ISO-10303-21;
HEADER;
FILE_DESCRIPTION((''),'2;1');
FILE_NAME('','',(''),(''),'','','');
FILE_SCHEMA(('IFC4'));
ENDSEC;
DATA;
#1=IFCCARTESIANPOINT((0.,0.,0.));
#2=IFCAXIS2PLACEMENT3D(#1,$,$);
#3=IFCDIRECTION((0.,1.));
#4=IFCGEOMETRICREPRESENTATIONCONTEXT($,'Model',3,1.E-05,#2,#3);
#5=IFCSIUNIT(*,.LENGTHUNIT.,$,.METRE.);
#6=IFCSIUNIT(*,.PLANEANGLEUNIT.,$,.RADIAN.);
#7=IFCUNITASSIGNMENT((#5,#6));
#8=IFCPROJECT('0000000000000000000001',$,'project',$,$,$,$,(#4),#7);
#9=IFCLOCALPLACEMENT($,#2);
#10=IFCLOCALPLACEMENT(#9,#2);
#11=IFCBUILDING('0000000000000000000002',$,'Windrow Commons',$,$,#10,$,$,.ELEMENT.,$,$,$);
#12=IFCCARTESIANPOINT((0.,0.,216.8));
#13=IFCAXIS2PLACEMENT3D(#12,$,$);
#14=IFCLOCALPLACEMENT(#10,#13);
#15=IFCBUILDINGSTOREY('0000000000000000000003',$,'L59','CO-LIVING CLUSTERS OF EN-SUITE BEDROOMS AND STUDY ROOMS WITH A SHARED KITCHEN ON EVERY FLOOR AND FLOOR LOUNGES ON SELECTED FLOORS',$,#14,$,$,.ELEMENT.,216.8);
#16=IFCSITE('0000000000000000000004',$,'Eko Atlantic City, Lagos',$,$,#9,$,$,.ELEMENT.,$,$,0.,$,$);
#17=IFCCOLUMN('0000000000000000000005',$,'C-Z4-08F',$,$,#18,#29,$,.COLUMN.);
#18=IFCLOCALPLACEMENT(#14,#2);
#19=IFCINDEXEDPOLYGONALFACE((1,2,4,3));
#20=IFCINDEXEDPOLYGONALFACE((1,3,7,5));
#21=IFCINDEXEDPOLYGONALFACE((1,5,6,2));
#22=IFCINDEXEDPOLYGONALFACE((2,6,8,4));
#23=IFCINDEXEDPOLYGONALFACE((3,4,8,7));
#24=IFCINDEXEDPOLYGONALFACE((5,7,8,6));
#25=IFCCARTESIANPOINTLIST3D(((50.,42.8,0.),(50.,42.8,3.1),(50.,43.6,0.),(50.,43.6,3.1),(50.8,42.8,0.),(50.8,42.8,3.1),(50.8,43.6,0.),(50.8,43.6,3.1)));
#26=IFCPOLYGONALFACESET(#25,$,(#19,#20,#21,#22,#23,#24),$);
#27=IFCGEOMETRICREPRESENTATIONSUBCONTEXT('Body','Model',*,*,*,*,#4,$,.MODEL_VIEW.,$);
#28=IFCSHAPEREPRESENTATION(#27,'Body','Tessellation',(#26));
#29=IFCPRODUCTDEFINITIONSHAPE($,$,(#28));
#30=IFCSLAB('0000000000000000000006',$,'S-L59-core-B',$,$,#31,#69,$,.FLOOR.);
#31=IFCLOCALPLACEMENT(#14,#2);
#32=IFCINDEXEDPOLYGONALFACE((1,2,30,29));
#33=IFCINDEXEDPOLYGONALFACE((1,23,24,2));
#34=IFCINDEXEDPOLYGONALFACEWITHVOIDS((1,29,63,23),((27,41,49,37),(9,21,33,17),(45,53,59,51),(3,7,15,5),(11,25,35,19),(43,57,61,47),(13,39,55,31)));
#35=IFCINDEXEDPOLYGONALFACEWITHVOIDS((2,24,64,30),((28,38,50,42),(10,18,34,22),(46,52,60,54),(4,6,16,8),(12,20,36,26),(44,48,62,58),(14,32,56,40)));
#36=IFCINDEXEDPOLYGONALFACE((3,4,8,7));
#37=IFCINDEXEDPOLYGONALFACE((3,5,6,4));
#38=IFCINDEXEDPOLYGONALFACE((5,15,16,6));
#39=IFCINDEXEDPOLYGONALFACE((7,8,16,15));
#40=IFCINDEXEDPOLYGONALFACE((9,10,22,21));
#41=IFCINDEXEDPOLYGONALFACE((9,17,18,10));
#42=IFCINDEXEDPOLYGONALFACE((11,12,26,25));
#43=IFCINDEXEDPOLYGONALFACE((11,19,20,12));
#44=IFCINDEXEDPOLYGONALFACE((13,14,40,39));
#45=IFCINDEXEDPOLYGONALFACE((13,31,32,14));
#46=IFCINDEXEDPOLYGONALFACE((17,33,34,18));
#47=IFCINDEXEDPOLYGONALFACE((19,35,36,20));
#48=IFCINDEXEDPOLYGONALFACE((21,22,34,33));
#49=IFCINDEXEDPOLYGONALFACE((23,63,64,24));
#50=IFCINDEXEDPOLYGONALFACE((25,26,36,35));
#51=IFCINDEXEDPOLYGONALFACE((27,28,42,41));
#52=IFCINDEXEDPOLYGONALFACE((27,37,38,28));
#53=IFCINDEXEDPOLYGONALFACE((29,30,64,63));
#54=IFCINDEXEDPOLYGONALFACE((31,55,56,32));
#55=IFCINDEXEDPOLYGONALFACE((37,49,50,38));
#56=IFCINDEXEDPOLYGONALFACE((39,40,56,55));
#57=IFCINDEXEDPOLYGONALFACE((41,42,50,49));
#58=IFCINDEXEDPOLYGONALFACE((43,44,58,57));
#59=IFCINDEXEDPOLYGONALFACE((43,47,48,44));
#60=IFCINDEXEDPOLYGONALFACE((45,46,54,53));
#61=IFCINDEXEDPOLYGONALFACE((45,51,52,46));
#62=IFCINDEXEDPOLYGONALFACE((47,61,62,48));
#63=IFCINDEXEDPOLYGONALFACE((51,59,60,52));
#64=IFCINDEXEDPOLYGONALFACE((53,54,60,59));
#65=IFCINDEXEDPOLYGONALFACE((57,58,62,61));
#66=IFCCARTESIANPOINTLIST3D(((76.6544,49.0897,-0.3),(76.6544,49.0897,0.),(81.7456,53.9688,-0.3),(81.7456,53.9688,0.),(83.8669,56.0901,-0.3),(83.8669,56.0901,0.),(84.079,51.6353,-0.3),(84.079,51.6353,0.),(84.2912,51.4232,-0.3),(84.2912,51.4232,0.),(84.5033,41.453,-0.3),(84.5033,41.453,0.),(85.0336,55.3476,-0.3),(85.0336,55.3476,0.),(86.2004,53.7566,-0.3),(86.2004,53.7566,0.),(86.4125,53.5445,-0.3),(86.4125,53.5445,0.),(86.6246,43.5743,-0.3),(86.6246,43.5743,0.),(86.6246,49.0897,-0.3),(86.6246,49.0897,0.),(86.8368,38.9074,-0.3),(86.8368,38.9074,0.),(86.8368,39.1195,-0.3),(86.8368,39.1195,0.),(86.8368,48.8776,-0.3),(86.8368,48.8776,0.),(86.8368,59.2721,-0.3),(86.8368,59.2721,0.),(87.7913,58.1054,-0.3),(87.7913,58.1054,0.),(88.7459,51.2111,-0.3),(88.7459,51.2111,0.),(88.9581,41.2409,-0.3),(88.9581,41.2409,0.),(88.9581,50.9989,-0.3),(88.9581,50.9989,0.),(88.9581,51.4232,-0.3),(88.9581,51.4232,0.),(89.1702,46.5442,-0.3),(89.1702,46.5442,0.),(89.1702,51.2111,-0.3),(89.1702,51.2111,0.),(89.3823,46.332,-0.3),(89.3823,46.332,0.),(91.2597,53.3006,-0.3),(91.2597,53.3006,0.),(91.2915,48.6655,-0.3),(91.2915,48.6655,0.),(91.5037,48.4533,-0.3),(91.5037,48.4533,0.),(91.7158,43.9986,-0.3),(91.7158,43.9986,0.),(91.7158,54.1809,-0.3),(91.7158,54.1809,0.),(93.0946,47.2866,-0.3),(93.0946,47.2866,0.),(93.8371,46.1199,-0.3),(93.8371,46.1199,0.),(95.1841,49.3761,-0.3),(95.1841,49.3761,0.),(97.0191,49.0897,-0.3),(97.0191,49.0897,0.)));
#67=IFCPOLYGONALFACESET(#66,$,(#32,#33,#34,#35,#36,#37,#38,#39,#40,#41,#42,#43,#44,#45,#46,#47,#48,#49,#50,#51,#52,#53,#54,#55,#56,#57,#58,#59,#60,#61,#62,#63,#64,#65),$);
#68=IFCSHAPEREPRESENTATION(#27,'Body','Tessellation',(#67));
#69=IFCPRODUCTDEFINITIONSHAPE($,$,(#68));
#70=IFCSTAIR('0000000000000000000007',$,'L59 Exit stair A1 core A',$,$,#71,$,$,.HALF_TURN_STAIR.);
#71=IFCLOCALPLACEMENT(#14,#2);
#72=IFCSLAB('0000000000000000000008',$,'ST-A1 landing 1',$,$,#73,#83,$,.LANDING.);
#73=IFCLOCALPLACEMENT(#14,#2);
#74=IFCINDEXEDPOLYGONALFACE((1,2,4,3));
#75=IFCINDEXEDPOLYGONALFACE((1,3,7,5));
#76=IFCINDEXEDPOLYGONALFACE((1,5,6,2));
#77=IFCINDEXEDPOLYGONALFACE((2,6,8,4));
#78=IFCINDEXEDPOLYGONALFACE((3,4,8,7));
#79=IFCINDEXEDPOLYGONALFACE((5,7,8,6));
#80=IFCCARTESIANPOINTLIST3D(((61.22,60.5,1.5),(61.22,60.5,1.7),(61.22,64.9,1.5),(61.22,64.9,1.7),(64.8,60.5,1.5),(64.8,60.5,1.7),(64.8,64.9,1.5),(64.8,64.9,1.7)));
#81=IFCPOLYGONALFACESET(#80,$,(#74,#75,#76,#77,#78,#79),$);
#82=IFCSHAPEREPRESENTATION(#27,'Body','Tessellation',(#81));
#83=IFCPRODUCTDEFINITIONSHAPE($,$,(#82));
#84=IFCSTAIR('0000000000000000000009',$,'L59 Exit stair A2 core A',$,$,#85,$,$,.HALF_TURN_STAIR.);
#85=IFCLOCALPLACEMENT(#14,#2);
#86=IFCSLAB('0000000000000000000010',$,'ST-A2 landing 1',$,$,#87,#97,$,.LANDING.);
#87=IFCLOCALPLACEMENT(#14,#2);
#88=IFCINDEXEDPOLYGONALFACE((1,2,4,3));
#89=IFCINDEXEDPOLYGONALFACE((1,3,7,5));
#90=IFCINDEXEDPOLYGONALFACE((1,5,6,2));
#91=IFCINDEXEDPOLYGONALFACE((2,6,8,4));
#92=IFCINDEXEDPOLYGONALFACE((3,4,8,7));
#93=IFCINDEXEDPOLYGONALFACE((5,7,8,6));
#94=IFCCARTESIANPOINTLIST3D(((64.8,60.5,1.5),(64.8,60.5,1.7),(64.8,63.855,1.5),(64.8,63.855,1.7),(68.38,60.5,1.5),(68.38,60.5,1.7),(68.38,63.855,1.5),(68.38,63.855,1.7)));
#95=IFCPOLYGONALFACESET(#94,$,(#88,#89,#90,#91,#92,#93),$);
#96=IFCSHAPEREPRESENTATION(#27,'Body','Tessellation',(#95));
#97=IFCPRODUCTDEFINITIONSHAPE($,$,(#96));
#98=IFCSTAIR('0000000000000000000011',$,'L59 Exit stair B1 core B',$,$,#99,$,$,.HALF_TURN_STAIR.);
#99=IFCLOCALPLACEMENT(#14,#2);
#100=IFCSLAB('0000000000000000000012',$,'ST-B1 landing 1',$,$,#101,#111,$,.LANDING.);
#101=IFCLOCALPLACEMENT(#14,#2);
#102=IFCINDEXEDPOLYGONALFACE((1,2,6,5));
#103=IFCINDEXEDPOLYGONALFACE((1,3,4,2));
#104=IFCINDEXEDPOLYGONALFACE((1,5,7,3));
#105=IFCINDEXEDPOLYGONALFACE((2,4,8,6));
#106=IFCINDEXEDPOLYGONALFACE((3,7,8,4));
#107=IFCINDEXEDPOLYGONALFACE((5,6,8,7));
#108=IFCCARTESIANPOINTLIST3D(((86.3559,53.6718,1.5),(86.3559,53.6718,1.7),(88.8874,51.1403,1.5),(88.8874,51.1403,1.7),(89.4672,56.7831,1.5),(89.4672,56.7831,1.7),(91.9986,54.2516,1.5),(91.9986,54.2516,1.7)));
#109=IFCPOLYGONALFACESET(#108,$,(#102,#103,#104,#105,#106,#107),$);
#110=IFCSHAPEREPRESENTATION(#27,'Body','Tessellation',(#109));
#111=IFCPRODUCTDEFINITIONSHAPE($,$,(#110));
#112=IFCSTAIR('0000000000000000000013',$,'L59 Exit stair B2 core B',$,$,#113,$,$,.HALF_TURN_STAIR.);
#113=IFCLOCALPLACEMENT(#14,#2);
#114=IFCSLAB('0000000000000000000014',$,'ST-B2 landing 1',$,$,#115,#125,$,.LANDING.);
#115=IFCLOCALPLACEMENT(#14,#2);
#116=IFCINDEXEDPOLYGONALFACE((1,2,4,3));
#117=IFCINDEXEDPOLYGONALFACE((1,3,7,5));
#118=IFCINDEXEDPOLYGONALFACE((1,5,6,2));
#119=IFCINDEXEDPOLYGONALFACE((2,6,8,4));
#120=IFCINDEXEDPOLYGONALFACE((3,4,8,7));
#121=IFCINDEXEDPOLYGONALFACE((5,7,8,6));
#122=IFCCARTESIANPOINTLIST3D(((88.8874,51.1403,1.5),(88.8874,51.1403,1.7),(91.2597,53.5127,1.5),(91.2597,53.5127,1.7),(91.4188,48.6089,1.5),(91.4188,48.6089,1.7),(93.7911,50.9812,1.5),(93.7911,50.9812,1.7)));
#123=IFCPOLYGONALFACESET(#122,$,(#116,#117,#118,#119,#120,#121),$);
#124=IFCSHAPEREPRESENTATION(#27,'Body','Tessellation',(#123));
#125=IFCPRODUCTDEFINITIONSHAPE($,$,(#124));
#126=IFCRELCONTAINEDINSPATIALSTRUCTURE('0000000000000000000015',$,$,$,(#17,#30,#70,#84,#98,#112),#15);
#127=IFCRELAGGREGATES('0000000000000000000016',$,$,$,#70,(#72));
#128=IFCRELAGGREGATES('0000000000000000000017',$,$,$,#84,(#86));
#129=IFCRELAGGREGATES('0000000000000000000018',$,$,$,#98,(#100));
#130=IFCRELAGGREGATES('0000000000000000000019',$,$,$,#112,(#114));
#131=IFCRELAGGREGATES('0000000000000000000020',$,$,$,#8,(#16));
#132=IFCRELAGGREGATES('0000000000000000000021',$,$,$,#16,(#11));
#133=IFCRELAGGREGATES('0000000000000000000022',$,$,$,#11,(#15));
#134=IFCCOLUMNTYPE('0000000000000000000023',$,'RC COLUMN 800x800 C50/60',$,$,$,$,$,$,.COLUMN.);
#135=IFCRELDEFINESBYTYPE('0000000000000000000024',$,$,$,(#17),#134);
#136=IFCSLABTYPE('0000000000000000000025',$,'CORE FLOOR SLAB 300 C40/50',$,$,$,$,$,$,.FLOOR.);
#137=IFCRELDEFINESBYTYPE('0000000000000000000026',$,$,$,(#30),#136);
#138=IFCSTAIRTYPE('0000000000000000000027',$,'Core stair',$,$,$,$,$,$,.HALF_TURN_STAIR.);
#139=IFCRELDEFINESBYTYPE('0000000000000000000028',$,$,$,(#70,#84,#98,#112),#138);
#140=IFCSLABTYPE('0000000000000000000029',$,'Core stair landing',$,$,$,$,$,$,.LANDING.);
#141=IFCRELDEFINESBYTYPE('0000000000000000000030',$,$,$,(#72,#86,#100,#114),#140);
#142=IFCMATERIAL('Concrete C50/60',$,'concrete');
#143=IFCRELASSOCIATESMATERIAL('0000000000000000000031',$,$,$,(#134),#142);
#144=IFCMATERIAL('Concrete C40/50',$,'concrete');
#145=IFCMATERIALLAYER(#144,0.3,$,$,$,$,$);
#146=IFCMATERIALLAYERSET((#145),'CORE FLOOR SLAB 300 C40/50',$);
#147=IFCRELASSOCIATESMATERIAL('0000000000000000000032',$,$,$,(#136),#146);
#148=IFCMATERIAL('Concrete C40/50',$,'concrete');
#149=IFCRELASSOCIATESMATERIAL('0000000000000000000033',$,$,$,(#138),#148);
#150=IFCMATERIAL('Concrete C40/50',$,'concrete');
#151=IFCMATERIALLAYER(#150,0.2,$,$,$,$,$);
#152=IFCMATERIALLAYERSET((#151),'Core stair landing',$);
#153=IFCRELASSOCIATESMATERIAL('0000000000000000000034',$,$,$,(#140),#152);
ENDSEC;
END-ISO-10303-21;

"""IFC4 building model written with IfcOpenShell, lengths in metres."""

from ifc_helpers import new_model, si_unit, direction, frame, origin, origin_2d, place, context, subcontext, project, spatial, polyline, rectangle, outline, extrude, material, layer, layer_set, material_profile, profile_set, type_object, element, aggregate, save


model = new_model("IFC4")

# Units and contexts
model_context = context("Model", 3, precision=1e-05, world=origin(), true_north=direction((0.0, 1.0)))
body_context = subcontext(model_context, "Body", "Model", "MODEL_VIEW")
ifc_project = project(units=[si_unit("LENGTHUNIT", "METRE"), si_unit("PLANEANGLEUNIT", "RADIAN")], contexts=[model_context])

# Site, building, storey
site_placement = place(None, origin())
site = spatial("IfcSite", under=ifc_project, at=site_placement, Name="Eko Atlantic City, Lagos", CompositionType="ELEMENT", RefElevation=0.0)
building_placement = place(site_placement, origin())
building = spatial("IfcBuilding", under=site, at=building_placement, Name="Windrow Commons", CompositionType="ELEMENT")
storey_placement = place(building_placement, frame((0.0, 0.0, 216.8)))
storey = spatial("IfcBuildingStorey", under=building, at=storey_placement, Name="L59", Description="CO-LIVING CLUSTERS OF EN-SUITE BEDROOMS AND STUDY ROOMS WITH A SHARED KITCHEN ON EVERY FLOOR AND FLOOR LOUNGES ON SELECTED FLOORS", CompositionType="ELEMENT", Elevation=216.8)

# Column
ifc_material_1 = material(Name="Concrete C50/60", Category="concrete")
ifc_material_profile = material_profile(ifc_material_1, rectangle(XDim=0.8, YDim=0.8, at=origin_2d()))
ifc_profile_set = profile_set([ifc_material_profile], Name="Concrete C50/60")
column_type = type_object("IfcColumnType", Name="RC COLUMN 800x800 C50/60", PredefinedType="COLUMN", material=ifc_profile_set)
column_placement = place(storey_placement, frame((50.4, 43.2, 0.0), z_axis=(0.0, 0.0, 1.0), x_axis=(1.0, 0.0, 0.0)))
element("IfcColumn", 1, at=column_placement, inside=storey, type_object=column_type, Name="C-Z4-08F", PredefinedType="COLUMN", context=body_context, shape_type="SweptSolid", body=[
    extrude(rectangle(XDim=0.8, YDim=0.8, at=origin_2d()), origin(), (0.0, 0.0, 1.0), 3.1),
])

# Slab, openings
ifc_material_2 = material(Name="Concrete C40/50", Category="concrete")
ifc_layer_1 = layer(ifc_material_2, 0.3)
ifc_layer_set_1 = layer_set([ifc_layer_1], Name="CORE FLOOR SLAB 300 C40/50")
slab_type_1 = type_object("IfcSlabType", Name="CORE FLOOR SLAB 300 C40/50", PredefinedType="FLOOR", material=ifc_layer_set_1)
placement_1 = place(storey_placement, frame((0.0, 0.0, -0.3)))
slab_1 = element("IfcSlab", 2, at=placement_1, inside=storey, type_object=slab_type_1, Name="S-L59-core-B", PredefinedType="FLOOR", context=body_context, shape_type="SweptSolid", body=[
    extrude(outline(polyline([(76.6544, 49.0897), (86.8368, 38.9074), (97.0191, 49.0897), (86.8368, 59.2721), (76.6544, 49.0897)]), holes=[polyline([(84.5033, 41.453), (86.8368, 39.1195), (88.9581, 41.2409), (86.6246, 43.5743), (84.5033, 41.453)]), polyline([(81.7456, 53.9688), (84.079, 51.6353), (86.2004, 53.7566), (83.8669, 56.0901), (81.7456, 53.9688)]), polyline([(84.2912, 51.4232), (86.6246, 49.0897), (88.7459, 51.2111), (86.4125, 53.5445), (84.2912, 51.4232)]), polyline([(86.8368, 48.8776), (89.1702, 46.5442), (91.2915, 48.6655), (88.9581, 50.9989), (86.8368, 48.8776)]), polyline([(89.3823, 46.332), (91.7158, 43.9986), (93.8371, 46.1199), (91.5037, 48.4533), (89.3823, 46.332)]), polyline([(85.0336, 55.3476), (88.9581, 51.4232), (91.7158, 54.1809), (87.7913, 58.1054), (85.0336, 55.3476)]), polyline([(89.1702, 51.2111), (93.0946, 47.2866), (95.1841, 49.3761), (91.2597, 53.3006), (89.1702, 51.2111)])]), origin(), (0.0, 0.0, 1.0), 0.3),
])
opening_1_placement = place(placement_1, origin())
element("IfcOpeningElement", 3, at=opening_1_placement, cuts=slab_1, PredefinedType="OPENING", context=body_context, shape_type="SweptSolid", body=[
    extrude(outline(polyline([(84.5104, 41.453), (86.6246, 43.5672), (88.951, 41.2409), (86.8368, 39.1266), (84.5104, 41.453)])), origin(), (0.0, 0.0, 1.0), 0.3),
])
opening_2_placement = place(placement_1, origin())
element("IfcOpeningElement", 4, at=opening_2_placement, cuts=slab_1, PredefinedType="OPENING", context=body_context, shape_type="SweptSolid", body=[
    extrude(outline(polyline([(81.7527, 53.9688), (83.8669, 56.083), (86.1933, 53.7566), (84.079, 51.6424), (81.7527, 53.9688)])), origin(), (0.0, 0.0, 1.0), 0.3),
])
opening_3_placement = place(placement_1, origin())
element("IfcOpeningElement", 5, at=opening_3_placement, cuts=slab_1, PredefinedType="OPENING", context=body_context, shape_type="SweptSolid", body=[
    extrude(outline(polyline([(84.2983, 51.4232), (86.4125, 53.5374), (88.7388, 51.2111), (86.6246, 49.0968), (84.2983, 51.4232)])), origin(), (0.0, 0.0, 1.0), 0.3),
])
opening_4_placement = place(placement_1, origin())
element("IfcOpeningElement", 6, at=opening_4_placement, cuts=slab_1, PredefinedType="OPENING", context=body_context, shape_type="SweptSolid", body=[
    extrude(outline(polyline([(86.8439, 48.8776), (88.9581, 50.9918), (91.2844, 48.6655), (89.1702, 46.5513), (86.8439, 48.8776)])), origin(), (0.0, 0.0, 1.0), 0.3),
])
opening_5_placement = place(placement_1, origin())
element("IfcOpeningElement", 7, at=opening_5_placement, cuts=slab_1, PredefinedType="OPENING", context=body_context, shape_type="SweptSolid", body=[
    extrude(outline(polyline([(89.3894, 46.332), (91.5037, 48.4462), (93.83, 46.1199), (91.7158, 44.0057), (89.3894, 46.332)])), origin(), (0.0, 0.0, 1.0), 0.3),
])
opening_6_placement = place(placement_1, origin())
element("IfcOpeningElement", 8, at=opening_6_placement, cuts=slab_1, PredefinedType="OPENING", context=body_context, shape_type="SweptSolid", body=[
    extrude(outline(polyline([(85.0407, 55.3476), (87.7913, 58.0983), (91.7087, 54.1809), (88.9581, 51.4303), (85.0407, 55.3476)])), origin(), (0.0, 0.0, 1.0), 0.3),
])
opening_7_placement = place(placement_1, origin())
element("IfcOpeningElement", 9, at=opening_7_placement, cuts=slab_1, PredefinedType="OPENING", context=body_context, shape_type="SweptSolid", body=[
    extrude(outline(polyline([(89.1773, 51.2111), (91.2597, 53.2935), (95.177, 49.3761), (93.0946, 47.2937), (89.1773, 51.2111)])), origin(), (0.0, 0.0, 1.0), 0.3),
])

# Stairs, slabs
ifc_material_3 = material(Name="Concrete C40/50", Category="concrete")
stair_type = type_object("IfcStairType", Name="Core stair", PredefinedType="HALF_TURN_STAIR", material=ifc_material_3)
placement_2 = place(storey_placement, origin())
stair_1 = element("IfcStair", 10, at=placement_2, inside=storey, type_object=stair_type, Name="L59 Exit stair A1 core A", PredefinedType="HALF_TURN_STAIR")
ifc_material_4 = material(Name="Concrete C40/50", Category="concrete")
ifc_layer_2 = layer(ifc_material_4, 0.2)
ifc_layer_set_2 = layer_set([ifc_layer_2], Name="Core stair landing")
slab_type_2 = type_object("IfcSlabType", Name="Core stair landing", PredefinedType="LANDING", material=ifc_layer_set_2)
placement_3 = place(storey_placement, frame((0.0, 0.0, 1.5)))
slab_2 = element("IfcSlab", 11, at=placement_3, type_object=slab_type_2, Name="ST-A1 landing 1", PredefinedType="LANDING", context=body_context, shape_type="SweptSolid", body=[
    extrude(outline(polyline([(61.22, 60.5), (64.8, 60.5), (64.8, 64.9), (61.22, 64.9), (61.22, 60.5)])), origin(), (0.0, 0.0, 1.0), 0.2),
])
aggregate(stair_1, [slab_2])
stair_2 = element("IfcStair", 12, at=placement_2, inside=storey, type_object=stair_type, Name="L59 Exit stair A2 core A", PredefinedType="HALF_TURN_STAIR")
slab_3 = element("IfcSlab", 13, at=placement_3, type_object=slab_type_2, Name="ST-A2 landing 1", PredefinedType="LANDING", context=body_context, shape_type="SweptSolid", body=[
    extrude(outline(polyline([(64.8, 60.5), (68.38, 60.5), (68.38, 63.855), (64.8, 63.855), (64.8, 60.5)])), origin(), (0.0, 0.0, 1.0), 0.2),
])
aggregate(stair_2, [slab_3])
stair_3 = element("IfcStair", 14, at=placement_2, inside=storey, type_object=stair_type, Name="L59 Exit stair B1 core B", PredefinedType="HALF_TURN_STAIR")
slab_4 = element("IfcSlab", 15, at=placement_3, type_object=slab_type_2, Name="ST-B1 landing 1", PredefinedType="LANDING", context=body_context, shape_type="SweptSolid", body=[
    extrude(outline(polyline([(86.3559, 53.6718), (88.8874, 51.1403), (91.9986, 54.2516), (89.4672, 56.7831), (86.3559, 53.6718)])), origin(), (0.0, 0.0, 1.0), 0.2),
])
aggregate(stair_3, [slab_4])
stair_4 = element("IfcStair", 16, at=placement_2, inside=storey, type_object=stair_type, Name="L59 Exit stair B2 core B", PredefinedType="HALF_TURN_STAIR")
slab_5 = element("IfcSlab", 17, at=placement_3, type_object=slab_type_2, Name="ST-B2 landing 1", PredefinedType="LANDING", context=body_context, shape_type="SweptSolid", body=[
    extrude(outline(polyline([(88.8874, 51.1403), (91.4188, 48.6089), (93.7911, 50.9812), (91.2597, 53.5127), (88.8874, 51.1403)])), origin(), (0.0, 0.0, 1.0), 0.2),
])
aggregate(stair_4, [slab_5])

save(model, "model.ifc")
